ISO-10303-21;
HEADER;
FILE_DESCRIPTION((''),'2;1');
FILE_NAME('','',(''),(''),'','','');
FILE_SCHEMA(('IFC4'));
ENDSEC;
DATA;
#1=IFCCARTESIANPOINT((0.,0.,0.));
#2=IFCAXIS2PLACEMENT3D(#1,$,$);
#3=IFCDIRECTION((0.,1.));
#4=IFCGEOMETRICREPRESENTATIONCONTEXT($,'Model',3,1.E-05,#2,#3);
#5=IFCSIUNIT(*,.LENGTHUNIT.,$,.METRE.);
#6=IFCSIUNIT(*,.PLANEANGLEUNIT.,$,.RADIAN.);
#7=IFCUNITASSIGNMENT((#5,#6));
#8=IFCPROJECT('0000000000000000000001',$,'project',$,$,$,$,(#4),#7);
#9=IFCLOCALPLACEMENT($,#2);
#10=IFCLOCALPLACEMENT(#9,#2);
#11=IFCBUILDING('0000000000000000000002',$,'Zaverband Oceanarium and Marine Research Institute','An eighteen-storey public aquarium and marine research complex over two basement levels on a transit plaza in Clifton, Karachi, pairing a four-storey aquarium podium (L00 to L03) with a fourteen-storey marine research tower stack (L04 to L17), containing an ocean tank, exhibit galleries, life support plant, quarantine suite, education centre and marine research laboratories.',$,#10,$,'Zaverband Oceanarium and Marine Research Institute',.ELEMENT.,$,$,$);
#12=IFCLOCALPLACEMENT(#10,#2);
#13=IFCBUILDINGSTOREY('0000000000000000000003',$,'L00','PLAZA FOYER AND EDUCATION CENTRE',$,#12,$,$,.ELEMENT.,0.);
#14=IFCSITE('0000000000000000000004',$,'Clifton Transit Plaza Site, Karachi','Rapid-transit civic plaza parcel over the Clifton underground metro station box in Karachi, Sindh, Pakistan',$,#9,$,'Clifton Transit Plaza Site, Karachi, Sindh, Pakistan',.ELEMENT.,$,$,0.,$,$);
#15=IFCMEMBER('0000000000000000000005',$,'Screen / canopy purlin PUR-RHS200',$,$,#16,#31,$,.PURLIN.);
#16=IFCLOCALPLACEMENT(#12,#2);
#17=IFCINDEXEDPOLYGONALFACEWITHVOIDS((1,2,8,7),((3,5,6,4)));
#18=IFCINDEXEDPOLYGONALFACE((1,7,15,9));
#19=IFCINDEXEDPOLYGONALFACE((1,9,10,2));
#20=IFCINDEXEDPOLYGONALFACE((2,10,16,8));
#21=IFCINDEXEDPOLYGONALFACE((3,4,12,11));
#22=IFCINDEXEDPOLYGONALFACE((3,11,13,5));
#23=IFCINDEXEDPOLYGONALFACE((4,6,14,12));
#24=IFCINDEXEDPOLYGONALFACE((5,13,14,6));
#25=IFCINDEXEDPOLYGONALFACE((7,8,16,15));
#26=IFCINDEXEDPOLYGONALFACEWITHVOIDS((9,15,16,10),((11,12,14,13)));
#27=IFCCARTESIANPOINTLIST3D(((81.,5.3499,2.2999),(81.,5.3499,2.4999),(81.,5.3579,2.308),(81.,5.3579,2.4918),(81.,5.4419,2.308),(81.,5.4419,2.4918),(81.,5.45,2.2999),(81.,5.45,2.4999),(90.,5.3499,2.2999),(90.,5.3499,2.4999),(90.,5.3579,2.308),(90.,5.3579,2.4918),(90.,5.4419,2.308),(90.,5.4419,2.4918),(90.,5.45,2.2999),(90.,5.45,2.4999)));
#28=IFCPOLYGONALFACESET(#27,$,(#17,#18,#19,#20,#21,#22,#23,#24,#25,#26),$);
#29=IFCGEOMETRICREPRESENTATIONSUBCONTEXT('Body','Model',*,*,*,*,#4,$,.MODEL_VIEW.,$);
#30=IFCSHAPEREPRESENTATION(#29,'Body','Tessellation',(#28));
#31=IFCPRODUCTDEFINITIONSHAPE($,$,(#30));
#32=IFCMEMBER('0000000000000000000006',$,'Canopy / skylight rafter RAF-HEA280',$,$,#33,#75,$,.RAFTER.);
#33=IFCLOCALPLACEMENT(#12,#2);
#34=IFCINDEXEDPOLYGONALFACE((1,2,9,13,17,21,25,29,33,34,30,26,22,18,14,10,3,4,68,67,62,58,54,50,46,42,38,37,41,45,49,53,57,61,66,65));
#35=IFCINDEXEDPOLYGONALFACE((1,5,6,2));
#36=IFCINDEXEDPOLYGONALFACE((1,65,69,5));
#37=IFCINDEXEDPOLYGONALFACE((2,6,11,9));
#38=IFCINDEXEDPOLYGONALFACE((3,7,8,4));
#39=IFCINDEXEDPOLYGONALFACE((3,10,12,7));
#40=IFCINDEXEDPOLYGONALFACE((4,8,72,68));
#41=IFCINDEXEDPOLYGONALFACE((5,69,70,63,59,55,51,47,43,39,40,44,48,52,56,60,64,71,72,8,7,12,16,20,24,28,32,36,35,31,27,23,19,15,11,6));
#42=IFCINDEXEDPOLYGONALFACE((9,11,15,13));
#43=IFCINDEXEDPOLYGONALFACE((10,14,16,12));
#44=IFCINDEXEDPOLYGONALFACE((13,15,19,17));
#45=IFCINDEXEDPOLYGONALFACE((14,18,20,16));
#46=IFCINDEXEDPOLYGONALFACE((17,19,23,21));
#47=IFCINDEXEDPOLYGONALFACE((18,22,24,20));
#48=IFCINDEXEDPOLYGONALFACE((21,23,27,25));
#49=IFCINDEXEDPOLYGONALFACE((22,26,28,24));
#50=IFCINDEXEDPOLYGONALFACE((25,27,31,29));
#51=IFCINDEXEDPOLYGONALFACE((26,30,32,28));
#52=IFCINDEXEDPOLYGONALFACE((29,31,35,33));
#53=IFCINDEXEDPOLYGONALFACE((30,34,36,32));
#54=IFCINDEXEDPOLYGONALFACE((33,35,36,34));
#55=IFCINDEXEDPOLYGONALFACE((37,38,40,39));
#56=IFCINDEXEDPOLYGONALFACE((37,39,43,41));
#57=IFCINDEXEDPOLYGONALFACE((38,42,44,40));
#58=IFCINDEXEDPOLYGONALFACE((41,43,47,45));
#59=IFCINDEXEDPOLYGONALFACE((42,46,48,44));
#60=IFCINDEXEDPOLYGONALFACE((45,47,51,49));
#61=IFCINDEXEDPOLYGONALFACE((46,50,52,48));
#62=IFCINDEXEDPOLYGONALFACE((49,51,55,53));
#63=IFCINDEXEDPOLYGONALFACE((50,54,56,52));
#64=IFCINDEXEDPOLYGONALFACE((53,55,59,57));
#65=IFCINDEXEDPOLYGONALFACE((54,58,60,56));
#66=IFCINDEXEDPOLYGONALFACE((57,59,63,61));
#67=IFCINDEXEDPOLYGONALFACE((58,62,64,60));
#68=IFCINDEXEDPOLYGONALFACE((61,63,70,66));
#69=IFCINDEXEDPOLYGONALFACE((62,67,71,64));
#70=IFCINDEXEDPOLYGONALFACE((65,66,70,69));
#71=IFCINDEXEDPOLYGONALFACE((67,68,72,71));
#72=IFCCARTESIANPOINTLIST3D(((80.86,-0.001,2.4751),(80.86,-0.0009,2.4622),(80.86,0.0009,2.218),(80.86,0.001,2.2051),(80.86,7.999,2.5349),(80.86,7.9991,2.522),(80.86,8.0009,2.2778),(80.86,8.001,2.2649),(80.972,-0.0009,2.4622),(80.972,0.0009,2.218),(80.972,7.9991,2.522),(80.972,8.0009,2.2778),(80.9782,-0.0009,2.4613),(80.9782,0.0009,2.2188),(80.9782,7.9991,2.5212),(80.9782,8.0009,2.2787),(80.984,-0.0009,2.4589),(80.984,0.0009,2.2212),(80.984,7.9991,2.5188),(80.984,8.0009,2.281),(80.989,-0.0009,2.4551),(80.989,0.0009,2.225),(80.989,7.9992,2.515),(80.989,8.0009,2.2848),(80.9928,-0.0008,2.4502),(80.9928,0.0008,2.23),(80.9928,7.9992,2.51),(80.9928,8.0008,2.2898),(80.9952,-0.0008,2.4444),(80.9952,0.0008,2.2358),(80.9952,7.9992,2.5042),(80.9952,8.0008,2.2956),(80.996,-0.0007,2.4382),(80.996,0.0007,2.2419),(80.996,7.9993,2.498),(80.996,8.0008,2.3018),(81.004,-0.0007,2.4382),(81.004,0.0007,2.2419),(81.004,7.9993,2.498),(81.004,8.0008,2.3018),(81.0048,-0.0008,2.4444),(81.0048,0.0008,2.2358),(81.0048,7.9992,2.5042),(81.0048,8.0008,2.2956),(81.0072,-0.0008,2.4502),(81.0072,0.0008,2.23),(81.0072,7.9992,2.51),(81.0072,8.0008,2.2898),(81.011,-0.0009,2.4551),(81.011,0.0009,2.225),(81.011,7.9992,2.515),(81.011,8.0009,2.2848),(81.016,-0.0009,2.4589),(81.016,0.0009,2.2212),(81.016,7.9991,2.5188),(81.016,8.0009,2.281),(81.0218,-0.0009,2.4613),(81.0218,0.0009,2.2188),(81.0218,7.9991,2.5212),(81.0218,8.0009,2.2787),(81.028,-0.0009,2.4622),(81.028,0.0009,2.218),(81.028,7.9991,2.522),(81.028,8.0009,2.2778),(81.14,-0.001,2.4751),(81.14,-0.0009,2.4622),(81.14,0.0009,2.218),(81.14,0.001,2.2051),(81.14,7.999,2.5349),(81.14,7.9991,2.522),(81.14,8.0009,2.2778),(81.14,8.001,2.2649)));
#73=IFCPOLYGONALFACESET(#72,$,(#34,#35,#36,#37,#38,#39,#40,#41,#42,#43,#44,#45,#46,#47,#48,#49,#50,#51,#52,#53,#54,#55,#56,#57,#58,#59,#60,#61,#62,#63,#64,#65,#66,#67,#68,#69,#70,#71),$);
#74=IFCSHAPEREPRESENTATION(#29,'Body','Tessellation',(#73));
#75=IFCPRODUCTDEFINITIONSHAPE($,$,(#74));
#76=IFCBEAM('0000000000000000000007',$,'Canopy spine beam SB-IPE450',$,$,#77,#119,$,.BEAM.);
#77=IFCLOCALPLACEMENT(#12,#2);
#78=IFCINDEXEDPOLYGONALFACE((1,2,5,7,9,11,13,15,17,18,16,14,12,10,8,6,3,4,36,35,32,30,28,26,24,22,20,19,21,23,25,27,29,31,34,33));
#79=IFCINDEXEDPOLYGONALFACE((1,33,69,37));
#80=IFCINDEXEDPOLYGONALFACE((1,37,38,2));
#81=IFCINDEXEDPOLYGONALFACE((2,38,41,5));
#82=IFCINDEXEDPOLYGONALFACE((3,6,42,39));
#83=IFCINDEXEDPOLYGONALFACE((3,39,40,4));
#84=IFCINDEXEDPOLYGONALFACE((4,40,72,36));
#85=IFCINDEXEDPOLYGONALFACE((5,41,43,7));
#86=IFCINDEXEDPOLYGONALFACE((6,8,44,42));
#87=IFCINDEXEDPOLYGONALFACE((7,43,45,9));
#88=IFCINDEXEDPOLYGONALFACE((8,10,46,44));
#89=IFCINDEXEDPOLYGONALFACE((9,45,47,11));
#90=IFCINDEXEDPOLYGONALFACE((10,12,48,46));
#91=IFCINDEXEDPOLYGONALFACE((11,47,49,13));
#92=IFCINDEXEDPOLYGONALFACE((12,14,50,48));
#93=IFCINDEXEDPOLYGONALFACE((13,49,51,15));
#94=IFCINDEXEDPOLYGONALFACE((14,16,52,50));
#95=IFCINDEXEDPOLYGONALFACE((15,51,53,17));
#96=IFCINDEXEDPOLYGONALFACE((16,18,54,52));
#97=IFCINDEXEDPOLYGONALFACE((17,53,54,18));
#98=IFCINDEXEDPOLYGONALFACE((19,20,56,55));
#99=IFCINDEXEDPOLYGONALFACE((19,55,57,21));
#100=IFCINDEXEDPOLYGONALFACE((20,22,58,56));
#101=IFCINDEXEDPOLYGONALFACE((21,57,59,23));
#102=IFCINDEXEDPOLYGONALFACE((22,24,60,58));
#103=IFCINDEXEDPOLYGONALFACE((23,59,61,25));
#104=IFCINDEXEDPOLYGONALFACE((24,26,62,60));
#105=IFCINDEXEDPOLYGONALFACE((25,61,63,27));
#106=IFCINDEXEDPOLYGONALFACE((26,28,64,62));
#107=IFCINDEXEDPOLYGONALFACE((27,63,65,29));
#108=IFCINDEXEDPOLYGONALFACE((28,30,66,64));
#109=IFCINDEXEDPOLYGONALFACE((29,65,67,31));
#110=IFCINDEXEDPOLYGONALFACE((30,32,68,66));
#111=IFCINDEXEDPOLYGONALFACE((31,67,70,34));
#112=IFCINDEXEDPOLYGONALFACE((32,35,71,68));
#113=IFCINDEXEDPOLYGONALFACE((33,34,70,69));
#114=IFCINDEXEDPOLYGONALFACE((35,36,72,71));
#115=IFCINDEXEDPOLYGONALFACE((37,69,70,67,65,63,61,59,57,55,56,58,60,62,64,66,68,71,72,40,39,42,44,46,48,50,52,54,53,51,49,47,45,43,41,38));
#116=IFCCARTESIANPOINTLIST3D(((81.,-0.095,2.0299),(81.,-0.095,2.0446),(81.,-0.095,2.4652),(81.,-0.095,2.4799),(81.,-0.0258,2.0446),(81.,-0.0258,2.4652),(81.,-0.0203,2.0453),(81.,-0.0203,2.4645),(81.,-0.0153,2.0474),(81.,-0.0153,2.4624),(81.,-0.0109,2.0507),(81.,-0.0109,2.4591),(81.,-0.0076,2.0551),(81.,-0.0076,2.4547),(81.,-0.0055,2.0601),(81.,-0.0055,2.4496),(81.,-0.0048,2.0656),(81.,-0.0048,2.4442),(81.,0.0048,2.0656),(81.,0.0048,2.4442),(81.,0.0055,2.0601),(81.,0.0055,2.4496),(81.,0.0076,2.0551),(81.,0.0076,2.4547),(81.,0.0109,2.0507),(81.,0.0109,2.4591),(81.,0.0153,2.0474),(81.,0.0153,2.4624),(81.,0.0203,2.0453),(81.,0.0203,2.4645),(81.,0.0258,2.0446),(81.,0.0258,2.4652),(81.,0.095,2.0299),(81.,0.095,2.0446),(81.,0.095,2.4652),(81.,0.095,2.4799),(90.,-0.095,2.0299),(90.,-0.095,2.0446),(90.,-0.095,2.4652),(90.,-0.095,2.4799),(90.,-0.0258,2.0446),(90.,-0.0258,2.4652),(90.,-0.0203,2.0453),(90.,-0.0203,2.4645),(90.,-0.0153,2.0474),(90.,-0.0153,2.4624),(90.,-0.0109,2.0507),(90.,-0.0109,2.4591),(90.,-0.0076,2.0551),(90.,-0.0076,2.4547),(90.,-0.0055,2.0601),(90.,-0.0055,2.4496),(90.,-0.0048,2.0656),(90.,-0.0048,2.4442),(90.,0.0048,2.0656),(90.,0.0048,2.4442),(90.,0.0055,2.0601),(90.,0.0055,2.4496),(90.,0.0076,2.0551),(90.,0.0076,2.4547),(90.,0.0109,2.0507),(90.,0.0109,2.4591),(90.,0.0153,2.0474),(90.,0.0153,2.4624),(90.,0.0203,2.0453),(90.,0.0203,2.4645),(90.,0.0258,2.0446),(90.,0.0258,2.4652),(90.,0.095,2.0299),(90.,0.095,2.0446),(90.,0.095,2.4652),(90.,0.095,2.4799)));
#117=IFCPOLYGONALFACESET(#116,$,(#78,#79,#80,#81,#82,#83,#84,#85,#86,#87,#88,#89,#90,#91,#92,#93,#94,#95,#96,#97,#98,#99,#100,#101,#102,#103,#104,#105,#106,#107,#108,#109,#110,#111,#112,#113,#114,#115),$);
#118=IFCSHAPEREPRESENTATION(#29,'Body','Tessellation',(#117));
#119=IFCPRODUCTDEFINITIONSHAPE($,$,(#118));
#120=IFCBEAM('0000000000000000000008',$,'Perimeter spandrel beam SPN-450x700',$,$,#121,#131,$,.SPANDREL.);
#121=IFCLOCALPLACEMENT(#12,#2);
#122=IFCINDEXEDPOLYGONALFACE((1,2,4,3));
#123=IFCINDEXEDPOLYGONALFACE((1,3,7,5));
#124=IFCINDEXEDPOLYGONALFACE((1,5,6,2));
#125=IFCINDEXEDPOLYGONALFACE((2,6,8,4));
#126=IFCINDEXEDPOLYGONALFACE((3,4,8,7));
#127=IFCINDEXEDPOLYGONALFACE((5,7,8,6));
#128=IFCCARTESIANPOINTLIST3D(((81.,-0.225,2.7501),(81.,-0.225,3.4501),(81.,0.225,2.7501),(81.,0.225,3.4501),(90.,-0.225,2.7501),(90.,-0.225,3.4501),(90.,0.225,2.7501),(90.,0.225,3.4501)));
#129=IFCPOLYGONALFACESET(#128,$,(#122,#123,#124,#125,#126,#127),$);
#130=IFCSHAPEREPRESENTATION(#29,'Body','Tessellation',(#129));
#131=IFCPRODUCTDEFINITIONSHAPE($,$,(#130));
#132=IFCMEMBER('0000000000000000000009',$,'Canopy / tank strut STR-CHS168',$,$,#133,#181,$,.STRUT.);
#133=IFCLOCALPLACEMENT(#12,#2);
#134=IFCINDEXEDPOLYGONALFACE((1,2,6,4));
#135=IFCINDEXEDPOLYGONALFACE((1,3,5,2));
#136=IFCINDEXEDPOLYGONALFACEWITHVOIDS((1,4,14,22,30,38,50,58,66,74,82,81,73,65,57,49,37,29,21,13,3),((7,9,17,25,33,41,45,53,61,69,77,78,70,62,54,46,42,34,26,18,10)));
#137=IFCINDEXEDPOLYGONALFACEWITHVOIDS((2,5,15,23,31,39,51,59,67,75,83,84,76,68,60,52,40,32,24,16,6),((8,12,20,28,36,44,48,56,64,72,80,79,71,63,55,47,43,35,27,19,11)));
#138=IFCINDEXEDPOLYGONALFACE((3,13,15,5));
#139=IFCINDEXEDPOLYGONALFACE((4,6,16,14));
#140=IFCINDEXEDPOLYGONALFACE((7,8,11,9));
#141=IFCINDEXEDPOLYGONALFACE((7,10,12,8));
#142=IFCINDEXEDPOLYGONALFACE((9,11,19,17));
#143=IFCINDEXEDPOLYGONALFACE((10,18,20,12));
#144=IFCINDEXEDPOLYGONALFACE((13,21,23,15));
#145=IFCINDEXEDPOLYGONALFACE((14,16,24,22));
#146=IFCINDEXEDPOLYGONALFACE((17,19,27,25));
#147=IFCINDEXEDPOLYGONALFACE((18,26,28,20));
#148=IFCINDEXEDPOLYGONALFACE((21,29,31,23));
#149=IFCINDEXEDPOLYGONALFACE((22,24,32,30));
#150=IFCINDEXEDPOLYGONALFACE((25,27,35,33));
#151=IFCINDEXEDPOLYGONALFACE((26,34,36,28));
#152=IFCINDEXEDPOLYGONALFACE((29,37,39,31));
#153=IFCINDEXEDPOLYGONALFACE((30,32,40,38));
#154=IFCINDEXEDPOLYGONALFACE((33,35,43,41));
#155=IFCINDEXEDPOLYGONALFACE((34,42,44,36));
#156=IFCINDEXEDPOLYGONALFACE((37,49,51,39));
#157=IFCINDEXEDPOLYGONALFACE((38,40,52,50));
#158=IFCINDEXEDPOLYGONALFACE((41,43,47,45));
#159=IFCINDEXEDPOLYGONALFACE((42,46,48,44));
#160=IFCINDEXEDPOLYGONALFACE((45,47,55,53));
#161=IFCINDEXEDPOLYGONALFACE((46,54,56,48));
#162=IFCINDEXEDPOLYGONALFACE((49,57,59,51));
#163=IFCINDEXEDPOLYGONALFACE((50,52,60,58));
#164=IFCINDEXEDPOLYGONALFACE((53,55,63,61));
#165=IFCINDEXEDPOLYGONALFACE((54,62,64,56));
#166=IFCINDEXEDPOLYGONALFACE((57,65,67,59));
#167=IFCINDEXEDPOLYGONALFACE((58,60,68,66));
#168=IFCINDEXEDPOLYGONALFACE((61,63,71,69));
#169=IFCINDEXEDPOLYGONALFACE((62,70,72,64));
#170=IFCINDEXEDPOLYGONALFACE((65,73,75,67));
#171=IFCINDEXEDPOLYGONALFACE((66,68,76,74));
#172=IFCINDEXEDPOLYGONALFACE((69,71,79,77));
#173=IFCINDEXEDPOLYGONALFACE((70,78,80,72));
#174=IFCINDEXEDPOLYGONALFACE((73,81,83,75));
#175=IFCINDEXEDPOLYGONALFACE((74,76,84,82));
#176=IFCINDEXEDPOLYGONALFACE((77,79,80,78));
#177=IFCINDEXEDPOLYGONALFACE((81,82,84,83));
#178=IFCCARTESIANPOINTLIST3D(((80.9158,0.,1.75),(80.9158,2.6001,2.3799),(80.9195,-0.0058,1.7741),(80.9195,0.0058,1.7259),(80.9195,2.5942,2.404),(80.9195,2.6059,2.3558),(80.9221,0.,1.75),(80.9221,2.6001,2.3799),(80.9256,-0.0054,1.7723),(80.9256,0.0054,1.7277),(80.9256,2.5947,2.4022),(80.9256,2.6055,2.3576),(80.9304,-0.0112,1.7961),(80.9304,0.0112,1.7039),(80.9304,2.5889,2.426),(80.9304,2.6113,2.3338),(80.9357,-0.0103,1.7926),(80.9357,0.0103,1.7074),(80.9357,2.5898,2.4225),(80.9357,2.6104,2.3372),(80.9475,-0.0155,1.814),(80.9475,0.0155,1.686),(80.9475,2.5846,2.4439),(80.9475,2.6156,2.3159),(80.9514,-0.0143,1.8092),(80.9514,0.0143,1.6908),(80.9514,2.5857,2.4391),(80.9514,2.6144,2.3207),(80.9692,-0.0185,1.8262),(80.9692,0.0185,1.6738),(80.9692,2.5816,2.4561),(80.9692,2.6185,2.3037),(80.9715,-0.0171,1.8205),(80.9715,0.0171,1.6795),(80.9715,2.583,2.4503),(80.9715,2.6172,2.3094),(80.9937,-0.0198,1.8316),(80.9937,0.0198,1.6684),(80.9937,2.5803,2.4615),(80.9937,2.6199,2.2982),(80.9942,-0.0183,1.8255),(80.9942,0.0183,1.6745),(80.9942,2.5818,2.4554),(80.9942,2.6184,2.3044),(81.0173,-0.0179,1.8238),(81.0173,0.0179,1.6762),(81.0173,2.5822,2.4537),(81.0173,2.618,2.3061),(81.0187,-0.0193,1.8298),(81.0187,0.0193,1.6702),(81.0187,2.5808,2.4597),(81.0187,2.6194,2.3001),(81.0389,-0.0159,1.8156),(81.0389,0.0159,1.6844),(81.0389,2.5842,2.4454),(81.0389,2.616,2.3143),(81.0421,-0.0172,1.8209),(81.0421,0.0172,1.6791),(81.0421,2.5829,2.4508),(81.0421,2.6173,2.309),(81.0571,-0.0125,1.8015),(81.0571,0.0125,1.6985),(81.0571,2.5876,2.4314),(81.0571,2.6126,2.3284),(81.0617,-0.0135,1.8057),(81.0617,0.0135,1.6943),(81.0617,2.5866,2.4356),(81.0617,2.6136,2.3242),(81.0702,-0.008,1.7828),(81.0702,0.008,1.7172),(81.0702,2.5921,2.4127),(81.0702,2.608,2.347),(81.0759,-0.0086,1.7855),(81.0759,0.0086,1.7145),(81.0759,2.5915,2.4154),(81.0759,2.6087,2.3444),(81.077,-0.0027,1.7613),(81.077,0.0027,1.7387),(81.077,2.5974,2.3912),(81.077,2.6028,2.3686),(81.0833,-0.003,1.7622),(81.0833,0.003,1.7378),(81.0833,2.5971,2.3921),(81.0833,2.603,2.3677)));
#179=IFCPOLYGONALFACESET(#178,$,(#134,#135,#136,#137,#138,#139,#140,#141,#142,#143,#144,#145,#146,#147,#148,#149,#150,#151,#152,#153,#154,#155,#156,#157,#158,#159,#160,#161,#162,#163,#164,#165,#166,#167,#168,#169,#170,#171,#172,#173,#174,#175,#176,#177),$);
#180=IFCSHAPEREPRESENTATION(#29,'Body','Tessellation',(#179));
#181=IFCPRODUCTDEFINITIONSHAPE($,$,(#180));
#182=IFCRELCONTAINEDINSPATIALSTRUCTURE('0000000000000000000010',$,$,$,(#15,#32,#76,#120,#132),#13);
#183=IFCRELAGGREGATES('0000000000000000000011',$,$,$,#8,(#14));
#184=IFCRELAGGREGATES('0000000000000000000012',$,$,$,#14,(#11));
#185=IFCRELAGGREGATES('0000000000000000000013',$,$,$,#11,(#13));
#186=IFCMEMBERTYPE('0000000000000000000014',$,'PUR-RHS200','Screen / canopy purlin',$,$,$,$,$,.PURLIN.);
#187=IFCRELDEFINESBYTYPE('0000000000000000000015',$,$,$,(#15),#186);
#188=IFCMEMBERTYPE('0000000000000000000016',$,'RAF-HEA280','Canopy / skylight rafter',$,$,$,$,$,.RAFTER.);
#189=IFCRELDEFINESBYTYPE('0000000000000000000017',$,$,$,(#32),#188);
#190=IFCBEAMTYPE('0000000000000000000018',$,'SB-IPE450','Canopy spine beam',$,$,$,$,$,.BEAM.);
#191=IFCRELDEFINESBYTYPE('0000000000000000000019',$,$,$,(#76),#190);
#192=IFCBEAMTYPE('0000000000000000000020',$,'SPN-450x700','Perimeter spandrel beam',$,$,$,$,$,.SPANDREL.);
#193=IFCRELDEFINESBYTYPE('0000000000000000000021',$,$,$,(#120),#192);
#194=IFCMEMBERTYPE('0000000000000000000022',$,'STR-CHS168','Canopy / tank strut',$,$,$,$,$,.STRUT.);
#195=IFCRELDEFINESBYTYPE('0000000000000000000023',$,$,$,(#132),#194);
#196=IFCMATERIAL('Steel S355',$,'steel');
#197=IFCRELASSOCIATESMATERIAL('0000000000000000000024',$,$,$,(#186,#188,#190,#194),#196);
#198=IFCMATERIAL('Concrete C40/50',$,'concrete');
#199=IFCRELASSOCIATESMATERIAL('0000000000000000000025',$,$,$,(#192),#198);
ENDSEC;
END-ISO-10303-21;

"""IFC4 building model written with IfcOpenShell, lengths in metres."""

from ifc_helpers import new_model, si_unit, direction, frame, origin, origin_2d, place, context, subcontext, project, spatial, rectangle, hollow_rectangle, hollow_circle, i_section, extrude, material, material_profile, profile_set, type_object, element, save


model = new_model("IFC4")

# Units and contexts
model_context = context("Model", 3, precision=1e-05, world=origin(), true_north=direction((0.0, 1.0)))
body_context = subcontext(model_context, "Body", "Model", "MODEL_VIEW")
ifc_project = project(units=[si_unit("LENGTHUNIT", "METRE"), si_unit("PLANEANGLEUNIT", "RADIAN")], contexts=[model_context])

# Site, building, storey
site_placement = place(None, origin())
site = spatial("IfcSite", under=ifc_project, at=site_placement, Name="Clifton Transit Plaza Site, Karachi", Description="Rapid-transit civic plaza parcel over the Clifton underground metro station box in Karachi, Sindh, Pakistan", LongName="Clifton Transit Plaza Site, Karachi, Sindh, Pakistan", CompositionType="ELEMENT", RefElevation=0.0)
building_placement = place(site_placement, origin())
building = spatial("IfcBuilding", under=site, at=building_placement, Name="Zaverband Oceanarium and Marine Research Institute", Description="An eighteen-storey public aquarium and marine research complex over two basement levels on a transit plaza in Clifton, Karachi, pairing a four-storey aquarium podium (L00 to L03) with a fourteen-storey marine research tower stack (L04 to L17), containing an ocean tank, exhibit galleries, life support plant, quarantine suite, education centre and marine research laboratories.", LongName="Zaverband Oceanarium and Marine Research Institute", CompositionType="ELEMENT")
storey_placement = place(building_placement, origin())
storey = spatial("IfcBuildingStorey", under=building, at=storey_placement, Name="L00", Description="PLAZA FOYER AND EDUCATION CENTRE", CompositionType="ELEMENT", Elevation=0.0)

# Shared definitions
ifc_material_1 = material(Name="Concrete C40/50", Category="concrete")

# Members
ifc_material_2 = material(Name="Steel S355", Category="steel")
ifc_material_profile_1 = material_profile(ifc_material_2, hollow_rectangle(XDim=0.1001, YDim=0.2, WallThickness=0.0081, at=origin_2d()), Name="RHS200x100x8")
ifc_profile_set_1 = profile_set([ifc_material_profile_1], Name="Steel S355")
member_type_1 = type_object("IfcMemberType", Name="PUR-RHS200", Description="Screen / canopy purlin", PredefinedType="PURLIN", material=ifc_profile_set_1)
for number, where, z_axis, x_axis, name in (
    (1, (81.0, 5.3999, 2.3999), (1.0, 0.0, 0.0), (0.0, 1.0, 0.0), "Screen / canopy purlin PUR-RHS200"),
):
    element("IfcMember", number, at=place(storey_placement, frame(where, z_axis=z_axis, x_axis=x_axis)), inside=storey, type_object=member_type_1, Name=name, PredefinedType="PURLIN", context=body_context, shape_type="SweptSolid", body=[
        extrude(hollow_rectangle(XDim=0.1001, YDim=0.2, WallThickness=0.0081, at=origin_2d()), origin(), (0.0, 0.0, 1.0), 9.0),
    ])
ifc_material_profile_2 = material_profile(ifc_material_2, i_section(OverallWidth=0.28, OverallDepth=0.27, WebThickness=0.0081, FlangeThickness=0.0129, FilletRadius=0.0239, at=origin_2d()), Name="HEA280")
ifc_profile_set_2 = profile_set([ifc_material_profile_2], Name="Steel S355")
member_type_2 = type_object("IfcMemberType", Name="RAF-HEA280", Description="Canopy / skylight rafter", PredefinedType="RAFTER", material=ifc_profile_set_2)
member_1_placement = place(storey_placement, frame((81.0, 0.0, 2.3401), z_axis=(0.0, 0.999972, 0.007477), x_axis=(-1.0, 0.0, 0.0)))
element("IfcMember", 2, at=member_1_placement, inside=storey, type_object=member_type_2, Name="Canopy / skylight rafter RAF-HEA280", PredefinedType="RAFTER", context=body_context, shape_type="SweptSolid", body=[
    extrude(i_section(OverallWidth=0.28, OverallDepth=0.27, WebThickness=0.0081, FlangeThickness=0.0129, FilletRadius=0.0239, at=origin_2d()), origin(), (0.0, 0.0, 1.0), 8.0002),
])

# Beams
ifc_material_profile_3 = material_profile(ifc_material_2, i_section(OverallWidth=0.1899, OverallDepth=0.45, WebThickness=0.0095, FlangeThickness=0.0146, FilletRadius=0.021, at=origin_2d()), Name="IPE450")
ifc_profile_set_3 = profile_set([ifc_material_profile_3], Name="Steel S355")
beam_type_1 = type_object("IfcBeamType", Name="SB-IPE450", Description="Canopy spine beam", PredefinedType="BEAM", material=ifc_profile_set_3)
beam_1_placement = place(storey_placement, frame((81.0, 0.0, 2.2549), z_axis=(1.0, 0.0, 0.0), x_axis=(0.0, 1.0, 0.0)))
element("IfcBeam", 3, at=beam_1_placement, inside=storey, type_object=beam_type_1, Name="Canopy spine beam SB-IPE450", PredefinedType="BEAM", context=body_context, shape_type="SweptSolid", body=[
    extrude(i_section(OverallWidth=0.1899, OverallDepth=0.45, WebThickness=0.0095, FlangeThickness=0.0146, FilletRadius=0.021, at=origin_2d()), origin(), (0.0, 0.0, 1.0), 9.0),
])
ifc_material_profile_4 = material_profile(ifc_material_1, rectangle(XDim=0.45, YDim=0.7, at=origin_2d()), Name="RC450x700")
ifc_profile_set_4 = profile_set([ifc_material_profile_4], Name="Concrete C40/50")
beam_type_2 = type_object("IfcBeamType", Name="SPN-450x700", Description="Perimeter spandrel beam", PredefinedType="SPANDREL", material=ifc_profile_set_4)
beam_2_placement = place(storey_placement, frame((81.0, 0.0, 3.1001), z_axis=(1.0, 0.0, 0.0), x_axis=(0.0, 1.0, 0.0)))
element("IfcBeam", 4, at=beam_2_placement, inside=storey, type_object=beam_type_2, Name="Perimeter spandrel beam SPN-450x700", PredefinedType="SPANDREL", context=body_context, shape_type="SweptSolid", body=[
    extrude(rectangle(XDim=0.45, YDim=0.7, at=origin_2d()), origin(), (0.0, 0.0, 1.0), 9.0),
])

# Member
ifc_material_profile_5 = material_profile(ifc_material_2, hollow_circle(Radius=0.0842, WallThickness=0.0063, at=origin_2d()), Name="CHS168x6.3")
ifc_profile_set_5 = profile_set([ifc_material_profile_5], Name="Steel S355")
member_type_3 = type_object("IfcMemberType", Name="STR-CHS168", Description="Canopy / tank strut", PredefinedType="STRUT", material=ifc_profile_set_5)
member_2_placement = place(storey_placement, frame((81.0, 0.0, 1.75), z_axis=(0.0, 0.971888, 0.235443), x_axis=(-1.0, 0.0, 0.0)))
element("IfcMember", 5, at=member_2_placement, inside=storey, type_object=member_type_3, Name="Canopy / tank strut STR-CHS168", PredefinedType="STRUT", context=body_context, shape_type="SweptSolid", body=[
    extrude(hollow_circle(Radius=0.0842, WallThickness=0.0063, at=origin_2d()), origin(), (0.0, 0.0, 1.0), 2.6753),
])

save(model, "model.ifc")
